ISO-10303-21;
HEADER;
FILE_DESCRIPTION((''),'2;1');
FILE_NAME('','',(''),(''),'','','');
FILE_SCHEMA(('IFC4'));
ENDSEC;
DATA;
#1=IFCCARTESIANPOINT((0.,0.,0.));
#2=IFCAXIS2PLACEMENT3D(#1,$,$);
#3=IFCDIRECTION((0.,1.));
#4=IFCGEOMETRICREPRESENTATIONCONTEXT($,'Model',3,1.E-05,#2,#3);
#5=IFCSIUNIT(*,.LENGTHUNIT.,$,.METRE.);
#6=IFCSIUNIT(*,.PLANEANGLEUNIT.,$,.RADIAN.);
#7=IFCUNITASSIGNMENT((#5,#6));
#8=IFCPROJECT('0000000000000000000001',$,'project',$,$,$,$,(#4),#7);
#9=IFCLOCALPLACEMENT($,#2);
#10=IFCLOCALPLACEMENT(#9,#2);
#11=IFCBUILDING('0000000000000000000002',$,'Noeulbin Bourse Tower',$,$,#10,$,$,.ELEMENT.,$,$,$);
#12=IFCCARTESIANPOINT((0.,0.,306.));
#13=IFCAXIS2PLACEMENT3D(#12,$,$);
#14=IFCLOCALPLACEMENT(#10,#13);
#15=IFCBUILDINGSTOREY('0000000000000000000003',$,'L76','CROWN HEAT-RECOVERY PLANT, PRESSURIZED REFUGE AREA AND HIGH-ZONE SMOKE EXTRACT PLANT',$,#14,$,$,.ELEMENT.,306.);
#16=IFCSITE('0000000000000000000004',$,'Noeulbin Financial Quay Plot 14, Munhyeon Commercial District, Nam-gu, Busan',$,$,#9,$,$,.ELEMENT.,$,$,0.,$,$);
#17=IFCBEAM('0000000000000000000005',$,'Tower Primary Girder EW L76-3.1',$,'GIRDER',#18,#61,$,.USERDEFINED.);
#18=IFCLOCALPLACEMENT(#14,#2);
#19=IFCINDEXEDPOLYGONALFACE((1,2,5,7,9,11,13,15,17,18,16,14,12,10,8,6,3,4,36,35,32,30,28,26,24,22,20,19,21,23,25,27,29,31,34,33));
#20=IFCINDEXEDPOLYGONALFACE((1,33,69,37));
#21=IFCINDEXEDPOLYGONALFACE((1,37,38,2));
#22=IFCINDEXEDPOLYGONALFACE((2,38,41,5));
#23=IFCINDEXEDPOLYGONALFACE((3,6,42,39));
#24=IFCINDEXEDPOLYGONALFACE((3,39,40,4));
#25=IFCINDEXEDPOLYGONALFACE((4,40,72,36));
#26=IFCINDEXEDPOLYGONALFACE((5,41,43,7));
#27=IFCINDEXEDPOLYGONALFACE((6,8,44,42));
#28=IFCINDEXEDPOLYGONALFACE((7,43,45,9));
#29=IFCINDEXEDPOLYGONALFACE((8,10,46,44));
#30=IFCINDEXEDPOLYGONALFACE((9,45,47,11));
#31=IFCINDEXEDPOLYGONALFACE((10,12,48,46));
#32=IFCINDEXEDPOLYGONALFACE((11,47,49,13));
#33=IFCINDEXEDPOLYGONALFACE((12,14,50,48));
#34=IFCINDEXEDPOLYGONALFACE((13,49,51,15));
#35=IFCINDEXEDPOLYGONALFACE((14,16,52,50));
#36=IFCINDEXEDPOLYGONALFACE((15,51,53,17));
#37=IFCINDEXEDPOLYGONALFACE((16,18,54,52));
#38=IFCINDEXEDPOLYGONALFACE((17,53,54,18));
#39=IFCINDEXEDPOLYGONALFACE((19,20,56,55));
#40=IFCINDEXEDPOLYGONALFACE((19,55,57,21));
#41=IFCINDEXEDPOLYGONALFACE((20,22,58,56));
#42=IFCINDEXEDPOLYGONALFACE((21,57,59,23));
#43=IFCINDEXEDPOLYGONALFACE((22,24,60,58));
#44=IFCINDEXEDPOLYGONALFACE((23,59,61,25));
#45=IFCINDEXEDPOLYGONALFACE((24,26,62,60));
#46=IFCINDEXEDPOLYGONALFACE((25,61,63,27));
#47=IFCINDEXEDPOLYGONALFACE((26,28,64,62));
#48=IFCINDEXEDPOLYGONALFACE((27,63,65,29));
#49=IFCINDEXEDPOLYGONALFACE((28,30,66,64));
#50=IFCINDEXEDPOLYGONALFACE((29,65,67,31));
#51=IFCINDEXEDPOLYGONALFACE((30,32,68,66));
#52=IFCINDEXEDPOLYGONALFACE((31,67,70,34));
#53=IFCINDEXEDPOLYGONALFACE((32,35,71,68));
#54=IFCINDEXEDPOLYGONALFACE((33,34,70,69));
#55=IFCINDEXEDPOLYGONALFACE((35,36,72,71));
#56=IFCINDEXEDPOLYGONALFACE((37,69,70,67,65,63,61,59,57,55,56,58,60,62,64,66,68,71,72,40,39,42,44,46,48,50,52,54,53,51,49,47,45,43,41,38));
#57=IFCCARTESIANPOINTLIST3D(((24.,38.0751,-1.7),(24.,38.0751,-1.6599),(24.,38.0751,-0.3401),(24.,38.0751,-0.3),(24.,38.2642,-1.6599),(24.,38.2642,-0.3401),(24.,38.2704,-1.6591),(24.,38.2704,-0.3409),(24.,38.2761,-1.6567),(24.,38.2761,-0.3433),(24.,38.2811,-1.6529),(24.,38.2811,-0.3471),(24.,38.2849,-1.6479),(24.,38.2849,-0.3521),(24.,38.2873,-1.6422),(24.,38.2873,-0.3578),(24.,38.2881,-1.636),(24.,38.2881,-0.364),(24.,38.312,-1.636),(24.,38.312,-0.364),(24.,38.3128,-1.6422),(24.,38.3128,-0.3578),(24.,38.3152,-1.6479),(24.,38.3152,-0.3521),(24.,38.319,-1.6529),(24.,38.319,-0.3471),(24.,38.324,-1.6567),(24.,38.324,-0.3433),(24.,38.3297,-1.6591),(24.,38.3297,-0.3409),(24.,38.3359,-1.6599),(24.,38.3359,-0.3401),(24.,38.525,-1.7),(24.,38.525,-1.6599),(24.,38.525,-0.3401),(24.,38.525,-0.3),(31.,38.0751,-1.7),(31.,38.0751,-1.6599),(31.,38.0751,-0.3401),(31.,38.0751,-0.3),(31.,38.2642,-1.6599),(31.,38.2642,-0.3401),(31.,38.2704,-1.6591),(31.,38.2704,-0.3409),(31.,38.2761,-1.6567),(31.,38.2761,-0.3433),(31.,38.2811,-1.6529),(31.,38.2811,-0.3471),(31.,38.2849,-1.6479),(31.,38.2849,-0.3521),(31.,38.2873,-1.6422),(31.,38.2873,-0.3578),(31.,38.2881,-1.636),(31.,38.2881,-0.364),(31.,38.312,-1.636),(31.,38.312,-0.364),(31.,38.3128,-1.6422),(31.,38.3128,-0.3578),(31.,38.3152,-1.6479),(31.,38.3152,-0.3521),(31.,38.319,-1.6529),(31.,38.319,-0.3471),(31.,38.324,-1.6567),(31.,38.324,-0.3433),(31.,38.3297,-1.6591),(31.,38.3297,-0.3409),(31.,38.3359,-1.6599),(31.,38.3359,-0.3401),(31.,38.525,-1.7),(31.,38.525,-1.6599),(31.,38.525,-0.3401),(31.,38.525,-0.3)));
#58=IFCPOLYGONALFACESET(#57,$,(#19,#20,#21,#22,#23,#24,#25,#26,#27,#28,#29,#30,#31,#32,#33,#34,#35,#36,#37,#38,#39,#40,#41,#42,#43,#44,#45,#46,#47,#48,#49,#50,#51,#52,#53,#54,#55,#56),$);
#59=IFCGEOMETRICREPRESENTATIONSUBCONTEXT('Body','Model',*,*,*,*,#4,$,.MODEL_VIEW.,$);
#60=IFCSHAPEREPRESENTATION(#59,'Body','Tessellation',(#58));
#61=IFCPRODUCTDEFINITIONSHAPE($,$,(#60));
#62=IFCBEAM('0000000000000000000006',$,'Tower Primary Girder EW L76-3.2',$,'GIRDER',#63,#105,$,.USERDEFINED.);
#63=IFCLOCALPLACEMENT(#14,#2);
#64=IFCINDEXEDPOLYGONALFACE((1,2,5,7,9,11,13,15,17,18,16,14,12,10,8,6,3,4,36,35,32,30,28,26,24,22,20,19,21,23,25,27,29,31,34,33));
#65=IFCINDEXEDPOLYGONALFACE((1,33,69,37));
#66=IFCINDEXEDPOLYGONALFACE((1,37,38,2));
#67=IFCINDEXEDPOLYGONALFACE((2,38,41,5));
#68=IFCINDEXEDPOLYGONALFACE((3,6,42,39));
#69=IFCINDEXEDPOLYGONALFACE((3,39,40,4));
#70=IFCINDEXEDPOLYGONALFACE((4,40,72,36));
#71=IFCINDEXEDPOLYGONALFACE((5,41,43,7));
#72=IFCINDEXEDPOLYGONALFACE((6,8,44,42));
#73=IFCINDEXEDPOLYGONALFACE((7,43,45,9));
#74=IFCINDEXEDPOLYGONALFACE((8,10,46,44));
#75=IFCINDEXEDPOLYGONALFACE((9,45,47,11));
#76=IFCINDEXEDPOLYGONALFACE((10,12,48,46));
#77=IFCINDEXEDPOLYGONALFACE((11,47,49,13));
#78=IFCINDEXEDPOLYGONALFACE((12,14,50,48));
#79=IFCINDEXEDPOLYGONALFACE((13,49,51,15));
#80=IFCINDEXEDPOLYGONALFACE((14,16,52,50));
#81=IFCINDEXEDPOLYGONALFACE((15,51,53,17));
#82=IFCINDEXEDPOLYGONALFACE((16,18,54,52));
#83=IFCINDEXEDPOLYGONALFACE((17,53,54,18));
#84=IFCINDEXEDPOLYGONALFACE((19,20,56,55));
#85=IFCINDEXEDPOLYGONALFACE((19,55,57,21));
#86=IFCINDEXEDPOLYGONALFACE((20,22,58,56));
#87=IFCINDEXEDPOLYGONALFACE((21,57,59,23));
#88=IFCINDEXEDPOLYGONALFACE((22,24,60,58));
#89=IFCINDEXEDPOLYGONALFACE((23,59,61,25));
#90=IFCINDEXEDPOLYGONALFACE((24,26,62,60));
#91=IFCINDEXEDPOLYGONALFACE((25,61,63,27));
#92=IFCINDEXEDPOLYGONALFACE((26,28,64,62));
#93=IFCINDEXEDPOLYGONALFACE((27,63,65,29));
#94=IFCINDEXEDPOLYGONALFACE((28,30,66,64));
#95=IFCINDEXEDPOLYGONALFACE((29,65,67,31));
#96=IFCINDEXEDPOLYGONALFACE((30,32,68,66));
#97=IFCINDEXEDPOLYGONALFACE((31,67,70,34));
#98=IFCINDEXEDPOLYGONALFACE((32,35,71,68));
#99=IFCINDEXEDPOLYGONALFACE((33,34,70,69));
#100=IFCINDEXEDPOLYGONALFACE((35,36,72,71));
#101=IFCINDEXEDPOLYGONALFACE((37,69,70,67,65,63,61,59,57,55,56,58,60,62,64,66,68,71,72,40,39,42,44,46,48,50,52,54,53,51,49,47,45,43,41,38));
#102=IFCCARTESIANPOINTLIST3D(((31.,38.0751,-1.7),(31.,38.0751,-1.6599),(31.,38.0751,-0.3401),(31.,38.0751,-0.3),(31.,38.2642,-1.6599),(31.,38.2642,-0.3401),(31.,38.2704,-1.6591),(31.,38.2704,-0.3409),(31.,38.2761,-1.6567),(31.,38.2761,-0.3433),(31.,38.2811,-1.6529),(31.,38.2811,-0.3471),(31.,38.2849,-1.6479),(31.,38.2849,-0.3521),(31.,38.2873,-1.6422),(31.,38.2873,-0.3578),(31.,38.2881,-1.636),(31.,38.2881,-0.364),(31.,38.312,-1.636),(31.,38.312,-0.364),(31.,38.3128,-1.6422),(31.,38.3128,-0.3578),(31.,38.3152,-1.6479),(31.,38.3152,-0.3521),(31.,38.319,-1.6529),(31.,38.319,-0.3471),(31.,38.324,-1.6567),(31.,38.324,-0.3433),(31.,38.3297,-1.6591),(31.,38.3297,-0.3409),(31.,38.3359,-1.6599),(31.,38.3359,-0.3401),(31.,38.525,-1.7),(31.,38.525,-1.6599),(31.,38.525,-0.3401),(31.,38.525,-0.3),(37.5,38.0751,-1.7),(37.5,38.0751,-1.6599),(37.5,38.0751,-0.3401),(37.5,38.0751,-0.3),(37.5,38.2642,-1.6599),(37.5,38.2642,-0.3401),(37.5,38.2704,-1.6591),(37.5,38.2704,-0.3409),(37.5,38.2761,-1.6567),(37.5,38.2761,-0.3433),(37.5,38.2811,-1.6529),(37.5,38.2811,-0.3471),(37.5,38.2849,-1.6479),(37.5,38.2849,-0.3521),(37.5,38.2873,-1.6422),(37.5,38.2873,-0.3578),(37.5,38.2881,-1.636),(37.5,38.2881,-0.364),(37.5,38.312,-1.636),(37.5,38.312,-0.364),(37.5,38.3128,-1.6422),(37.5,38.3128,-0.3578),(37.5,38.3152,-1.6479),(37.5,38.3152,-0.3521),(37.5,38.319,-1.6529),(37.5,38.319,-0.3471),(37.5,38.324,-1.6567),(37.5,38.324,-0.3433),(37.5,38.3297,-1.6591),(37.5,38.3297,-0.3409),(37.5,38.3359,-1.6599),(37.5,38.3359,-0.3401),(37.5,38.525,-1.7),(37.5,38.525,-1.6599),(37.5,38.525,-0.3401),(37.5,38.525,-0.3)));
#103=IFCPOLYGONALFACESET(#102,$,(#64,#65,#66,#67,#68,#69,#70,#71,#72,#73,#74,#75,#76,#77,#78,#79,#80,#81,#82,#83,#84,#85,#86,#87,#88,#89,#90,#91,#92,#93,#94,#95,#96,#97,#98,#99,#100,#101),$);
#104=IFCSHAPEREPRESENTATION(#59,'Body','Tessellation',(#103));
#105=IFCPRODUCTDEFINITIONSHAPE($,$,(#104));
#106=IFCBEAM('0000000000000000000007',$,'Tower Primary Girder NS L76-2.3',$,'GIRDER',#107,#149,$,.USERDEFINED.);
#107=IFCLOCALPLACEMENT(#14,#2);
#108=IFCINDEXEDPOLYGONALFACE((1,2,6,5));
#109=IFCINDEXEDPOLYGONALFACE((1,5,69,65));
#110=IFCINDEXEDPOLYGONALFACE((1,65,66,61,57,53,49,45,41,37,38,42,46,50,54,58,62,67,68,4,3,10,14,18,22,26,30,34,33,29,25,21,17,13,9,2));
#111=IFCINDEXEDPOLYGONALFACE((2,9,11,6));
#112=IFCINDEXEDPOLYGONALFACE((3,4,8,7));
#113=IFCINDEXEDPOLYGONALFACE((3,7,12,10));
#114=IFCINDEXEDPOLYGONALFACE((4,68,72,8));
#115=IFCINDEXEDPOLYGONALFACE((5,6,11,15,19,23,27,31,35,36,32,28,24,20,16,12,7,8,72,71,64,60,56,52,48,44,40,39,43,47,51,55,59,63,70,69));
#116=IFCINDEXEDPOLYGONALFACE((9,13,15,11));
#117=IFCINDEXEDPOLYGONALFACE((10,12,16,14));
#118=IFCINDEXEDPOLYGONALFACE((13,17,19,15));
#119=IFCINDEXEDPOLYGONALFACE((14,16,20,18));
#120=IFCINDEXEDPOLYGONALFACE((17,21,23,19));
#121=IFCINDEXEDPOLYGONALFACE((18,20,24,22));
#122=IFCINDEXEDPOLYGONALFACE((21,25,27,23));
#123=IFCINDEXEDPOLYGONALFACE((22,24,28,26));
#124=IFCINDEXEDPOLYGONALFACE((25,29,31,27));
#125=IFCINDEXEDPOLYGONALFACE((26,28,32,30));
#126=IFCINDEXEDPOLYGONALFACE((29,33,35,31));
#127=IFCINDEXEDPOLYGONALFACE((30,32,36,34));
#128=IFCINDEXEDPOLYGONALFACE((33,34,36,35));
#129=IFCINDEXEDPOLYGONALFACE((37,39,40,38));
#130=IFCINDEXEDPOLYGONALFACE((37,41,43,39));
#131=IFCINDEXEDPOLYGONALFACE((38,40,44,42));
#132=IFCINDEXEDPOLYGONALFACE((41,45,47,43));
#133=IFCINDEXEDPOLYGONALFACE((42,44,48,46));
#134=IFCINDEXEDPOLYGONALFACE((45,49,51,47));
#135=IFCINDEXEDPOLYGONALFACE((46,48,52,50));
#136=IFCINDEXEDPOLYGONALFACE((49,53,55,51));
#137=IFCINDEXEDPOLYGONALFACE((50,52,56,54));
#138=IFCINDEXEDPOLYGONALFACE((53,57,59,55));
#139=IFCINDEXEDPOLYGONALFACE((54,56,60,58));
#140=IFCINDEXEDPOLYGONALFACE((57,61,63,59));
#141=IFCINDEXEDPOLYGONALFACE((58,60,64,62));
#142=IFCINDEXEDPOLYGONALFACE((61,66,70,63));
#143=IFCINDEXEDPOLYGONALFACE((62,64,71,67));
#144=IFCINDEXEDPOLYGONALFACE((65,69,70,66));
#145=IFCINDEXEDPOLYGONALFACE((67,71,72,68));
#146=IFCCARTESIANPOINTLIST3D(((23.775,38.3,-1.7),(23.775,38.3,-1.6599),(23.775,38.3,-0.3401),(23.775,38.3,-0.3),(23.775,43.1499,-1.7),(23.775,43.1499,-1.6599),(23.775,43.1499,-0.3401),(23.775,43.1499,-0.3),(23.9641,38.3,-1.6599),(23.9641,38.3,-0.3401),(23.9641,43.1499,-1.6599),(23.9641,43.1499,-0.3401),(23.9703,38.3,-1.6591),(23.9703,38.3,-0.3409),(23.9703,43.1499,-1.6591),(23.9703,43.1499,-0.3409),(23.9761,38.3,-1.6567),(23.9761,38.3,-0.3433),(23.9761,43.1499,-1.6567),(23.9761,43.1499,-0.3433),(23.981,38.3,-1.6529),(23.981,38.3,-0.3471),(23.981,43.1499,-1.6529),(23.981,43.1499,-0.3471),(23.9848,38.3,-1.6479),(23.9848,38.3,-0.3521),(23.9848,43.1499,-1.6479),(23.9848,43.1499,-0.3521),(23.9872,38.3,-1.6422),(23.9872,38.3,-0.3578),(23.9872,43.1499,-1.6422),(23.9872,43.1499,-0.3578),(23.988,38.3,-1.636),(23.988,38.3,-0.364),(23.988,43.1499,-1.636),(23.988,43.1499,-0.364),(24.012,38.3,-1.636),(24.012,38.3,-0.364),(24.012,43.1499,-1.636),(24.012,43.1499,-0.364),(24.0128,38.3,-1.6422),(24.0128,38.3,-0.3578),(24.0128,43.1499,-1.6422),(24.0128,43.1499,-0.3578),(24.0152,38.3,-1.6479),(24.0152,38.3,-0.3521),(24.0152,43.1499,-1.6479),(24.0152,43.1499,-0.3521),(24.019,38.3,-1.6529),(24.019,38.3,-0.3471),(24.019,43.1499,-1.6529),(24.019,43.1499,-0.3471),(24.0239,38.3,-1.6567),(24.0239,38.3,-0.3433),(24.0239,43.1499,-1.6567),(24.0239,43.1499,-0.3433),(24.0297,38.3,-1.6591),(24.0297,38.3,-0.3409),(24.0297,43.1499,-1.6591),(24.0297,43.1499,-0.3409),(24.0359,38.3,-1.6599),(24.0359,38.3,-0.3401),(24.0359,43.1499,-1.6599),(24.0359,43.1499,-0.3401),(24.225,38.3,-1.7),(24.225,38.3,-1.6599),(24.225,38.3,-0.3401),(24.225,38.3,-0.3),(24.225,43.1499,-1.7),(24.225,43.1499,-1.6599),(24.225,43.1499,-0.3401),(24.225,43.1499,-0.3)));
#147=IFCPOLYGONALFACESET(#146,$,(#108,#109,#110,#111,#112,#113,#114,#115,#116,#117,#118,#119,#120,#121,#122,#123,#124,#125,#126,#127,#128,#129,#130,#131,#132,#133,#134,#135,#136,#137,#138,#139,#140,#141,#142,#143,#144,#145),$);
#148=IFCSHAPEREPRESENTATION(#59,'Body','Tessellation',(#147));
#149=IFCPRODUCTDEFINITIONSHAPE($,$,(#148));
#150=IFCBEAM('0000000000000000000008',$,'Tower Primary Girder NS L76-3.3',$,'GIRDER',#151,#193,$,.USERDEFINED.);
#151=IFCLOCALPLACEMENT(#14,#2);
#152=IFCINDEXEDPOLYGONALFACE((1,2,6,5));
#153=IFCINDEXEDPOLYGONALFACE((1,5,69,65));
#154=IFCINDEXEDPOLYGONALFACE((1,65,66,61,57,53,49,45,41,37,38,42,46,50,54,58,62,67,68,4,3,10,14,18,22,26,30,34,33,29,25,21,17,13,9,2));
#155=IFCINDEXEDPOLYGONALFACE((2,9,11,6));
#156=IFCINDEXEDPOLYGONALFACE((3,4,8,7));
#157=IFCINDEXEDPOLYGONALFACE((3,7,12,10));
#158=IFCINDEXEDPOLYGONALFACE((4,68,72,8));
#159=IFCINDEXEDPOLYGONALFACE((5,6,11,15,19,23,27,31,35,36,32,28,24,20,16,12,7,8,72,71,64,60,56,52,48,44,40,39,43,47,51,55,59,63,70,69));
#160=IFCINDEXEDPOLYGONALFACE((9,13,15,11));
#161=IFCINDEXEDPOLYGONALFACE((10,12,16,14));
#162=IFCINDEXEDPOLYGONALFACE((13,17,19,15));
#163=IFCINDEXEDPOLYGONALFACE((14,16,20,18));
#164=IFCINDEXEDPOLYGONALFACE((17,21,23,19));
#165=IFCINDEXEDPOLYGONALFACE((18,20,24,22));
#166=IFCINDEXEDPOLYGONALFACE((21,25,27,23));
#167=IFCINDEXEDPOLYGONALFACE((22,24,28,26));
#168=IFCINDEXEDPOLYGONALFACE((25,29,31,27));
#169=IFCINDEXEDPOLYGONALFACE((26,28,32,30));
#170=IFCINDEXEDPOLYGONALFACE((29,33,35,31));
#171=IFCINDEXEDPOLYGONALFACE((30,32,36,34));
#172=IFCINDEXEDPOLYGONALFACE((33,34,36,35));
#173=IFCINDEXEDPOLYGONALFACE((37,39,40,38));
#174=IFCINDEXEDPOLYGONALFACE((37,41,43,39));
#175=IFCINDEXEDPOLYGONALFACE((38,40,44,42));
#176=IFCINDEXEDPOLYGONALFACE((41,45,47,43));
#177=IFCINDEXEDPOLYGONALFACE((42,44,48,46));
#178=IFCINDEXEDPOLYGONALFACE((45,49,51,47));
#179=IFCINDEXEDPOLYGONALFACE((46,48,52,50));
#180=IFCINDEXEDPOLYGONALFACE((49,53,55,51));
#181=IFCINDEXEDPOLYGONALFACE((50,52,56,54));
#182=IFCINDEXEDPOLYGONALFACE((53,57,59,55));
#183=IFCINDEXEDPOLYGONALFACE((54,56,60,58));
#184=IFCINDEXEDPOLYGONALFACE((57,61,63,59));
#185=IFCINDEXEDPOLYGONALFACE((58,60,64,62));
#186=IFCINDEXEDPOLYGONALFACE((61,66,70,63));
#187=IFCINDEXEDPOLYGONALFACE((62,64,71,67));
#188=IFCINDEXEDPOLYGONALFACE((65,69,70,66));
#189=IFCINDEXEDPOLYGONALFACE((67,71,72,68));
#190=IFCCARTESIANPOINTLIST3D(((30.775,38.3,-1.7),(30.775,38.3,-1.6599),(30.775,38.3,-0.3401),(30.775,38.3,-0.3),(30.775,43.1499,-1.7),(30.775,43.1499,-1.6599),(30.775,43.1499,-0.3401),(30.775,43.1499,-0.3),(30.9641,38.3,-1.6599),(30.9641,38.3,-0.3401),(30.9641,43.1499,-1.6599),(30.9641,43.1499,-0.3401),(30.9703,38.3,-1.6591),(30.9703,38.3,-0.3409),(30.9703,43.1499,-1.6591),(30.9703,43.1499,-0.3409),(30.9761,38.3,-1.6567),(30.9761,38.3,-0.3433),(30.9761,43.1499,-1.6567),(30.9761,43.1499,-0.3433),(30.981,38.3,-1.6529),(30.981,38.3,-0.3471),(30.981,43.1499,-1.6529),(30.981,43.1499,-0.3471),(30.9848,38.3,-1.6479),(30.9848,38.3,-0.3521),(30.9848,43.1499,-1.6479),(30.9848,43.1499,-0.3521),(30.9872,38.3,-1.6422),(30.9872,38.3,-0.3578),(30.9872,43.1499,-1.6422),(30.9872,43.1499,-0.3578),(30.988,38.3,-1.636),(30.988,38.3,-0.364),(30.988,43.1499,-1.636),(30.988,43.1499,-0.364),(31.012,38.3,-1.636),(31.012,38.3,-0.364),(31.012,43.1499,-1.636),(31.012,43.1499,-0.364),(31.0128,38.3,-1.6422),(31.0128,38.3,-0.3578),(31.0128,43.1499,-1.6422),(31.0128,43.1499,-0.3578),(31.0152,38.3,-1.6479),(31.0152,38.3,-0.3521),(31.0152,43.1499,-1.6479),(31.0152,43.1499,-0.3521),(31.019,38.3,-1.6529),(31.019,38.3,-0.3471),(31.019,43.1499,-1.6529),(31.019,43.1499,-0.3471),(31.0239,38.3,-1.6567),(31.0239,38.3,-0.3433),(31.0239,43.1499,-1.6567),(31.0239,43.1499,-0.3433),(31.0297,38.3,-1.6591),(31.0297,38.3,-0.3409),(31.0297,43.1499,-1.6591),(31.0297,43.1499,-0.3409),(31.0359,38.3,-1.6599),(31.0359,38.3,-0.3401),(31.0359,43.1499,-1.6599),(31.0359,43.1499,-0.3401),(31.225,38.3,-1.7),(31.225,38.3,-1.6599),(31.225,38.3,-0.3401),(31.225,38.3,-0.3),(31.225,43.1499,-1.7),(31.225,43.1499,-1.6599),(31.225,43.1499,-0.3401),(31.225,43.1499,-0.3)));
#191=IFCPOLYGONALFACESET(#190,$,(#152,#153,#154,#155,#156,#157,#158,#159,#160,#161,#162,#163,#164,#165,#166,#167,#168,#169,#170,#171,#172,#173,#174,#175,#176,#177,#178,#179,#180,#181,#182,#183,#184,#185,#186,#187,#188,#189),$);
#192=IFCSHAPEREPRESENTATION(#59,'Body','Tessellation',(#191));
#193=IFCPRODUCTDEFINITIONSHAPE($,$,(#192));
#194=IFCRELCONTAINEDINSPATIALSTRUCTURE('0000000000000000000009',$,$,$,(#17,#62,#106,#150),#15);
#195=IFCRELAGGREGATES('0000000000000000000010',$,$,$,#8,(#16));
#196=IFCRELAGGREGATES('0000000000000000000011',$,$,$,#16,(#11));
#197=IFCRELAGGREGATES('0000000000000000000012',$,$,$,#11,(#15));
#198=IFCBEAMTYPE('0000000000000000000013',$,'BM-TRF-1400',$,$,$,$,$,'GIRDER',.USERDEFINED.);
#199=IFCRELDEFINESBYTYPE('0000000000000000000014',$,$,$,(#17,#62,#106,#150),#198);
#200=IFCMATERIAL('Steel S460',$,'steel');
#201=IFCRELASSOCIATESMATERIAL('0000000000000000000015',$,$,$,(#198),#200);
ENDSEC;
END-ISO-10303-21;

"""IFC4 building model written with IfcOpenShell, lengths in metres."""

from ifc_helpers import new_model, si_unit, direction, frame, origin, origin_2d, place, context, subcontext, project, spatial, i_section, extrude, material, material_profile, profile_set, type_object, element, save


model = new_model("IFC4")

# Units and contexts
model_context = context("Model", 3, precision=1e-05, world=origin(), true_north=direction((0.0, 1.0)))
body_context = subcontext(model_context, "Body", "Model", "MODEL_VIEW")
ifc_project = project(units=[si_unit("LENGTHUNIT", "METRE"), si_unit("PLANEANGLEUNIT", "RADIAN")], contexts=[model_context])

# Site, building, storey
site_placement = place(None, origin())
site = spatial("IfcSite", under=ifc_project, at=site_placement, Name="Noeulbin Financial Quay Plot 14, Munhyeon Commercial District, Nam-gu, Busan", CompositionType="ELEMENT", RefElevation=0.0)
building_placement = place(site_placement, origin())
building = spatial("IfcBuilding", under=site, at=building_placement, Name="Noeulbin Bourse Tower", CompositionType="ELEMENT")
storey_placement = place(building_placement, frame((0.0, 0.0, 306.0)))
storey = spatial("IfcBuildingStorey", under=building, at=storey_placement, Name="L76", Description="CROWN HEAT-RECOVERY PLANT, PRESSURIZED REFUGE AREA AND HIGH-ZONE SMOKE EXTRACT PLANT", CompositionType="ELEMENT", Elevation=306.0)

# Beams
ifc_material_1 = material(Name="Steel S460", Category="steel")
ifc_material_profile_1 = material_profile(ifc_material_1, i_section(OverallWidth=0.45, OverallDepth=1.3999, WebThickness=0.0239, FlangeThickness=0.04, FilletRadius=0.0239, at=origin_2d()), Name="PG-1400x450x24x40", Category="LoadBearing")
ifc_profile_set_1 = profile_set([ifc_material_profile_1], Name="Steel S460")
beam_type_1 = type_object("IfcBeamType", Name="BM-TRF-1400", ElementType="GIRDER", PredefinedType="USERDEFINED", material=ifc_profile_set_1)
beam_1_placement = place(storey_placement, frame((24.0, 38.3, -1.0), z_axis=(1.0, 0.0, 0.0), x_axis=(0.0, 1.0, 0.0)))
element("IfcBeam", 1, at=beam_1_placement, inside=storey, type_object=beam_type_1, Name="Tower Primary Girder EW L76-3.1", ObjectType="GIRDER", PredefinedType="USERDEFINED", context=body_context, shape_type="SweptSolid", body=[
    extrude(i_section(OverallWidth=0.45, OverallDepth=1.3999, WebThickness=0.0239, FlangeThickness=0.04, FilletRadius=0.0239, at=origin_2d()), origin(), (0.0, 0.0, 1.0), 7.0),
])
beam_2_placement = place(storey_placement, frame((31.0, 38.3, -1.0), z_axis=(1.0, 0.0, 0.0), x_axis=(0.0, 1.0, 0.0)))
element("IfcBeam", 2, at=beam_2_placement, inside=storey, type_object=beam_type_1, Name="Tower Primary Girder EW L76-3.2", ObjectType="GIRDER", PredefinedType="USERDEFINED", context=body_context, shape_type="SweptSolid", body=[
    extrude(i_section(OverallWidth=0.45, OverallDepth=1.3999, WebThickness=0.0239, FlangeThickness=0.04, FilletRadius=0.0239, at=origin_2d()), origin(), (0.0, 0.0, 1.0), 6.5),
])
for number, where, z_axis, x_axis, name in (
    (3, (24.0, 38.3, -1.0), (0.0, 1.0, 0.0), (-1.0, 0.0, 0.0), "Tower Primary Girder NS L76-2.3"),
    (4, (31.0, 38.3, -1.0), (0.0, 1.0, 0.0), (-1.0, 0.0, 0.0), "Tower Primary Girder NS L76-3.3"),
):
    element("IfcBeam", number, at=place(storey_placement, frame(where, z_axis=z_axis, x_axis=x_axis)), inside=storey, type_object=beam_type_1, Name=name, ObjectType="GIRDER", PredefinedType="USERDEFINED", context=body_context, shape_type="SweptSolid", body=[
        extrude(i_section(OverallWidth=0.45, OverallDepth=1.3999, WebThickness=0.0239, FlangeThickness=0.04, FilletRadius=0.0239, at=origin_2d()), origin(), (0.0, 0.0, 1.0), 4.8499),
    ])

save(model, "model.ifc")
